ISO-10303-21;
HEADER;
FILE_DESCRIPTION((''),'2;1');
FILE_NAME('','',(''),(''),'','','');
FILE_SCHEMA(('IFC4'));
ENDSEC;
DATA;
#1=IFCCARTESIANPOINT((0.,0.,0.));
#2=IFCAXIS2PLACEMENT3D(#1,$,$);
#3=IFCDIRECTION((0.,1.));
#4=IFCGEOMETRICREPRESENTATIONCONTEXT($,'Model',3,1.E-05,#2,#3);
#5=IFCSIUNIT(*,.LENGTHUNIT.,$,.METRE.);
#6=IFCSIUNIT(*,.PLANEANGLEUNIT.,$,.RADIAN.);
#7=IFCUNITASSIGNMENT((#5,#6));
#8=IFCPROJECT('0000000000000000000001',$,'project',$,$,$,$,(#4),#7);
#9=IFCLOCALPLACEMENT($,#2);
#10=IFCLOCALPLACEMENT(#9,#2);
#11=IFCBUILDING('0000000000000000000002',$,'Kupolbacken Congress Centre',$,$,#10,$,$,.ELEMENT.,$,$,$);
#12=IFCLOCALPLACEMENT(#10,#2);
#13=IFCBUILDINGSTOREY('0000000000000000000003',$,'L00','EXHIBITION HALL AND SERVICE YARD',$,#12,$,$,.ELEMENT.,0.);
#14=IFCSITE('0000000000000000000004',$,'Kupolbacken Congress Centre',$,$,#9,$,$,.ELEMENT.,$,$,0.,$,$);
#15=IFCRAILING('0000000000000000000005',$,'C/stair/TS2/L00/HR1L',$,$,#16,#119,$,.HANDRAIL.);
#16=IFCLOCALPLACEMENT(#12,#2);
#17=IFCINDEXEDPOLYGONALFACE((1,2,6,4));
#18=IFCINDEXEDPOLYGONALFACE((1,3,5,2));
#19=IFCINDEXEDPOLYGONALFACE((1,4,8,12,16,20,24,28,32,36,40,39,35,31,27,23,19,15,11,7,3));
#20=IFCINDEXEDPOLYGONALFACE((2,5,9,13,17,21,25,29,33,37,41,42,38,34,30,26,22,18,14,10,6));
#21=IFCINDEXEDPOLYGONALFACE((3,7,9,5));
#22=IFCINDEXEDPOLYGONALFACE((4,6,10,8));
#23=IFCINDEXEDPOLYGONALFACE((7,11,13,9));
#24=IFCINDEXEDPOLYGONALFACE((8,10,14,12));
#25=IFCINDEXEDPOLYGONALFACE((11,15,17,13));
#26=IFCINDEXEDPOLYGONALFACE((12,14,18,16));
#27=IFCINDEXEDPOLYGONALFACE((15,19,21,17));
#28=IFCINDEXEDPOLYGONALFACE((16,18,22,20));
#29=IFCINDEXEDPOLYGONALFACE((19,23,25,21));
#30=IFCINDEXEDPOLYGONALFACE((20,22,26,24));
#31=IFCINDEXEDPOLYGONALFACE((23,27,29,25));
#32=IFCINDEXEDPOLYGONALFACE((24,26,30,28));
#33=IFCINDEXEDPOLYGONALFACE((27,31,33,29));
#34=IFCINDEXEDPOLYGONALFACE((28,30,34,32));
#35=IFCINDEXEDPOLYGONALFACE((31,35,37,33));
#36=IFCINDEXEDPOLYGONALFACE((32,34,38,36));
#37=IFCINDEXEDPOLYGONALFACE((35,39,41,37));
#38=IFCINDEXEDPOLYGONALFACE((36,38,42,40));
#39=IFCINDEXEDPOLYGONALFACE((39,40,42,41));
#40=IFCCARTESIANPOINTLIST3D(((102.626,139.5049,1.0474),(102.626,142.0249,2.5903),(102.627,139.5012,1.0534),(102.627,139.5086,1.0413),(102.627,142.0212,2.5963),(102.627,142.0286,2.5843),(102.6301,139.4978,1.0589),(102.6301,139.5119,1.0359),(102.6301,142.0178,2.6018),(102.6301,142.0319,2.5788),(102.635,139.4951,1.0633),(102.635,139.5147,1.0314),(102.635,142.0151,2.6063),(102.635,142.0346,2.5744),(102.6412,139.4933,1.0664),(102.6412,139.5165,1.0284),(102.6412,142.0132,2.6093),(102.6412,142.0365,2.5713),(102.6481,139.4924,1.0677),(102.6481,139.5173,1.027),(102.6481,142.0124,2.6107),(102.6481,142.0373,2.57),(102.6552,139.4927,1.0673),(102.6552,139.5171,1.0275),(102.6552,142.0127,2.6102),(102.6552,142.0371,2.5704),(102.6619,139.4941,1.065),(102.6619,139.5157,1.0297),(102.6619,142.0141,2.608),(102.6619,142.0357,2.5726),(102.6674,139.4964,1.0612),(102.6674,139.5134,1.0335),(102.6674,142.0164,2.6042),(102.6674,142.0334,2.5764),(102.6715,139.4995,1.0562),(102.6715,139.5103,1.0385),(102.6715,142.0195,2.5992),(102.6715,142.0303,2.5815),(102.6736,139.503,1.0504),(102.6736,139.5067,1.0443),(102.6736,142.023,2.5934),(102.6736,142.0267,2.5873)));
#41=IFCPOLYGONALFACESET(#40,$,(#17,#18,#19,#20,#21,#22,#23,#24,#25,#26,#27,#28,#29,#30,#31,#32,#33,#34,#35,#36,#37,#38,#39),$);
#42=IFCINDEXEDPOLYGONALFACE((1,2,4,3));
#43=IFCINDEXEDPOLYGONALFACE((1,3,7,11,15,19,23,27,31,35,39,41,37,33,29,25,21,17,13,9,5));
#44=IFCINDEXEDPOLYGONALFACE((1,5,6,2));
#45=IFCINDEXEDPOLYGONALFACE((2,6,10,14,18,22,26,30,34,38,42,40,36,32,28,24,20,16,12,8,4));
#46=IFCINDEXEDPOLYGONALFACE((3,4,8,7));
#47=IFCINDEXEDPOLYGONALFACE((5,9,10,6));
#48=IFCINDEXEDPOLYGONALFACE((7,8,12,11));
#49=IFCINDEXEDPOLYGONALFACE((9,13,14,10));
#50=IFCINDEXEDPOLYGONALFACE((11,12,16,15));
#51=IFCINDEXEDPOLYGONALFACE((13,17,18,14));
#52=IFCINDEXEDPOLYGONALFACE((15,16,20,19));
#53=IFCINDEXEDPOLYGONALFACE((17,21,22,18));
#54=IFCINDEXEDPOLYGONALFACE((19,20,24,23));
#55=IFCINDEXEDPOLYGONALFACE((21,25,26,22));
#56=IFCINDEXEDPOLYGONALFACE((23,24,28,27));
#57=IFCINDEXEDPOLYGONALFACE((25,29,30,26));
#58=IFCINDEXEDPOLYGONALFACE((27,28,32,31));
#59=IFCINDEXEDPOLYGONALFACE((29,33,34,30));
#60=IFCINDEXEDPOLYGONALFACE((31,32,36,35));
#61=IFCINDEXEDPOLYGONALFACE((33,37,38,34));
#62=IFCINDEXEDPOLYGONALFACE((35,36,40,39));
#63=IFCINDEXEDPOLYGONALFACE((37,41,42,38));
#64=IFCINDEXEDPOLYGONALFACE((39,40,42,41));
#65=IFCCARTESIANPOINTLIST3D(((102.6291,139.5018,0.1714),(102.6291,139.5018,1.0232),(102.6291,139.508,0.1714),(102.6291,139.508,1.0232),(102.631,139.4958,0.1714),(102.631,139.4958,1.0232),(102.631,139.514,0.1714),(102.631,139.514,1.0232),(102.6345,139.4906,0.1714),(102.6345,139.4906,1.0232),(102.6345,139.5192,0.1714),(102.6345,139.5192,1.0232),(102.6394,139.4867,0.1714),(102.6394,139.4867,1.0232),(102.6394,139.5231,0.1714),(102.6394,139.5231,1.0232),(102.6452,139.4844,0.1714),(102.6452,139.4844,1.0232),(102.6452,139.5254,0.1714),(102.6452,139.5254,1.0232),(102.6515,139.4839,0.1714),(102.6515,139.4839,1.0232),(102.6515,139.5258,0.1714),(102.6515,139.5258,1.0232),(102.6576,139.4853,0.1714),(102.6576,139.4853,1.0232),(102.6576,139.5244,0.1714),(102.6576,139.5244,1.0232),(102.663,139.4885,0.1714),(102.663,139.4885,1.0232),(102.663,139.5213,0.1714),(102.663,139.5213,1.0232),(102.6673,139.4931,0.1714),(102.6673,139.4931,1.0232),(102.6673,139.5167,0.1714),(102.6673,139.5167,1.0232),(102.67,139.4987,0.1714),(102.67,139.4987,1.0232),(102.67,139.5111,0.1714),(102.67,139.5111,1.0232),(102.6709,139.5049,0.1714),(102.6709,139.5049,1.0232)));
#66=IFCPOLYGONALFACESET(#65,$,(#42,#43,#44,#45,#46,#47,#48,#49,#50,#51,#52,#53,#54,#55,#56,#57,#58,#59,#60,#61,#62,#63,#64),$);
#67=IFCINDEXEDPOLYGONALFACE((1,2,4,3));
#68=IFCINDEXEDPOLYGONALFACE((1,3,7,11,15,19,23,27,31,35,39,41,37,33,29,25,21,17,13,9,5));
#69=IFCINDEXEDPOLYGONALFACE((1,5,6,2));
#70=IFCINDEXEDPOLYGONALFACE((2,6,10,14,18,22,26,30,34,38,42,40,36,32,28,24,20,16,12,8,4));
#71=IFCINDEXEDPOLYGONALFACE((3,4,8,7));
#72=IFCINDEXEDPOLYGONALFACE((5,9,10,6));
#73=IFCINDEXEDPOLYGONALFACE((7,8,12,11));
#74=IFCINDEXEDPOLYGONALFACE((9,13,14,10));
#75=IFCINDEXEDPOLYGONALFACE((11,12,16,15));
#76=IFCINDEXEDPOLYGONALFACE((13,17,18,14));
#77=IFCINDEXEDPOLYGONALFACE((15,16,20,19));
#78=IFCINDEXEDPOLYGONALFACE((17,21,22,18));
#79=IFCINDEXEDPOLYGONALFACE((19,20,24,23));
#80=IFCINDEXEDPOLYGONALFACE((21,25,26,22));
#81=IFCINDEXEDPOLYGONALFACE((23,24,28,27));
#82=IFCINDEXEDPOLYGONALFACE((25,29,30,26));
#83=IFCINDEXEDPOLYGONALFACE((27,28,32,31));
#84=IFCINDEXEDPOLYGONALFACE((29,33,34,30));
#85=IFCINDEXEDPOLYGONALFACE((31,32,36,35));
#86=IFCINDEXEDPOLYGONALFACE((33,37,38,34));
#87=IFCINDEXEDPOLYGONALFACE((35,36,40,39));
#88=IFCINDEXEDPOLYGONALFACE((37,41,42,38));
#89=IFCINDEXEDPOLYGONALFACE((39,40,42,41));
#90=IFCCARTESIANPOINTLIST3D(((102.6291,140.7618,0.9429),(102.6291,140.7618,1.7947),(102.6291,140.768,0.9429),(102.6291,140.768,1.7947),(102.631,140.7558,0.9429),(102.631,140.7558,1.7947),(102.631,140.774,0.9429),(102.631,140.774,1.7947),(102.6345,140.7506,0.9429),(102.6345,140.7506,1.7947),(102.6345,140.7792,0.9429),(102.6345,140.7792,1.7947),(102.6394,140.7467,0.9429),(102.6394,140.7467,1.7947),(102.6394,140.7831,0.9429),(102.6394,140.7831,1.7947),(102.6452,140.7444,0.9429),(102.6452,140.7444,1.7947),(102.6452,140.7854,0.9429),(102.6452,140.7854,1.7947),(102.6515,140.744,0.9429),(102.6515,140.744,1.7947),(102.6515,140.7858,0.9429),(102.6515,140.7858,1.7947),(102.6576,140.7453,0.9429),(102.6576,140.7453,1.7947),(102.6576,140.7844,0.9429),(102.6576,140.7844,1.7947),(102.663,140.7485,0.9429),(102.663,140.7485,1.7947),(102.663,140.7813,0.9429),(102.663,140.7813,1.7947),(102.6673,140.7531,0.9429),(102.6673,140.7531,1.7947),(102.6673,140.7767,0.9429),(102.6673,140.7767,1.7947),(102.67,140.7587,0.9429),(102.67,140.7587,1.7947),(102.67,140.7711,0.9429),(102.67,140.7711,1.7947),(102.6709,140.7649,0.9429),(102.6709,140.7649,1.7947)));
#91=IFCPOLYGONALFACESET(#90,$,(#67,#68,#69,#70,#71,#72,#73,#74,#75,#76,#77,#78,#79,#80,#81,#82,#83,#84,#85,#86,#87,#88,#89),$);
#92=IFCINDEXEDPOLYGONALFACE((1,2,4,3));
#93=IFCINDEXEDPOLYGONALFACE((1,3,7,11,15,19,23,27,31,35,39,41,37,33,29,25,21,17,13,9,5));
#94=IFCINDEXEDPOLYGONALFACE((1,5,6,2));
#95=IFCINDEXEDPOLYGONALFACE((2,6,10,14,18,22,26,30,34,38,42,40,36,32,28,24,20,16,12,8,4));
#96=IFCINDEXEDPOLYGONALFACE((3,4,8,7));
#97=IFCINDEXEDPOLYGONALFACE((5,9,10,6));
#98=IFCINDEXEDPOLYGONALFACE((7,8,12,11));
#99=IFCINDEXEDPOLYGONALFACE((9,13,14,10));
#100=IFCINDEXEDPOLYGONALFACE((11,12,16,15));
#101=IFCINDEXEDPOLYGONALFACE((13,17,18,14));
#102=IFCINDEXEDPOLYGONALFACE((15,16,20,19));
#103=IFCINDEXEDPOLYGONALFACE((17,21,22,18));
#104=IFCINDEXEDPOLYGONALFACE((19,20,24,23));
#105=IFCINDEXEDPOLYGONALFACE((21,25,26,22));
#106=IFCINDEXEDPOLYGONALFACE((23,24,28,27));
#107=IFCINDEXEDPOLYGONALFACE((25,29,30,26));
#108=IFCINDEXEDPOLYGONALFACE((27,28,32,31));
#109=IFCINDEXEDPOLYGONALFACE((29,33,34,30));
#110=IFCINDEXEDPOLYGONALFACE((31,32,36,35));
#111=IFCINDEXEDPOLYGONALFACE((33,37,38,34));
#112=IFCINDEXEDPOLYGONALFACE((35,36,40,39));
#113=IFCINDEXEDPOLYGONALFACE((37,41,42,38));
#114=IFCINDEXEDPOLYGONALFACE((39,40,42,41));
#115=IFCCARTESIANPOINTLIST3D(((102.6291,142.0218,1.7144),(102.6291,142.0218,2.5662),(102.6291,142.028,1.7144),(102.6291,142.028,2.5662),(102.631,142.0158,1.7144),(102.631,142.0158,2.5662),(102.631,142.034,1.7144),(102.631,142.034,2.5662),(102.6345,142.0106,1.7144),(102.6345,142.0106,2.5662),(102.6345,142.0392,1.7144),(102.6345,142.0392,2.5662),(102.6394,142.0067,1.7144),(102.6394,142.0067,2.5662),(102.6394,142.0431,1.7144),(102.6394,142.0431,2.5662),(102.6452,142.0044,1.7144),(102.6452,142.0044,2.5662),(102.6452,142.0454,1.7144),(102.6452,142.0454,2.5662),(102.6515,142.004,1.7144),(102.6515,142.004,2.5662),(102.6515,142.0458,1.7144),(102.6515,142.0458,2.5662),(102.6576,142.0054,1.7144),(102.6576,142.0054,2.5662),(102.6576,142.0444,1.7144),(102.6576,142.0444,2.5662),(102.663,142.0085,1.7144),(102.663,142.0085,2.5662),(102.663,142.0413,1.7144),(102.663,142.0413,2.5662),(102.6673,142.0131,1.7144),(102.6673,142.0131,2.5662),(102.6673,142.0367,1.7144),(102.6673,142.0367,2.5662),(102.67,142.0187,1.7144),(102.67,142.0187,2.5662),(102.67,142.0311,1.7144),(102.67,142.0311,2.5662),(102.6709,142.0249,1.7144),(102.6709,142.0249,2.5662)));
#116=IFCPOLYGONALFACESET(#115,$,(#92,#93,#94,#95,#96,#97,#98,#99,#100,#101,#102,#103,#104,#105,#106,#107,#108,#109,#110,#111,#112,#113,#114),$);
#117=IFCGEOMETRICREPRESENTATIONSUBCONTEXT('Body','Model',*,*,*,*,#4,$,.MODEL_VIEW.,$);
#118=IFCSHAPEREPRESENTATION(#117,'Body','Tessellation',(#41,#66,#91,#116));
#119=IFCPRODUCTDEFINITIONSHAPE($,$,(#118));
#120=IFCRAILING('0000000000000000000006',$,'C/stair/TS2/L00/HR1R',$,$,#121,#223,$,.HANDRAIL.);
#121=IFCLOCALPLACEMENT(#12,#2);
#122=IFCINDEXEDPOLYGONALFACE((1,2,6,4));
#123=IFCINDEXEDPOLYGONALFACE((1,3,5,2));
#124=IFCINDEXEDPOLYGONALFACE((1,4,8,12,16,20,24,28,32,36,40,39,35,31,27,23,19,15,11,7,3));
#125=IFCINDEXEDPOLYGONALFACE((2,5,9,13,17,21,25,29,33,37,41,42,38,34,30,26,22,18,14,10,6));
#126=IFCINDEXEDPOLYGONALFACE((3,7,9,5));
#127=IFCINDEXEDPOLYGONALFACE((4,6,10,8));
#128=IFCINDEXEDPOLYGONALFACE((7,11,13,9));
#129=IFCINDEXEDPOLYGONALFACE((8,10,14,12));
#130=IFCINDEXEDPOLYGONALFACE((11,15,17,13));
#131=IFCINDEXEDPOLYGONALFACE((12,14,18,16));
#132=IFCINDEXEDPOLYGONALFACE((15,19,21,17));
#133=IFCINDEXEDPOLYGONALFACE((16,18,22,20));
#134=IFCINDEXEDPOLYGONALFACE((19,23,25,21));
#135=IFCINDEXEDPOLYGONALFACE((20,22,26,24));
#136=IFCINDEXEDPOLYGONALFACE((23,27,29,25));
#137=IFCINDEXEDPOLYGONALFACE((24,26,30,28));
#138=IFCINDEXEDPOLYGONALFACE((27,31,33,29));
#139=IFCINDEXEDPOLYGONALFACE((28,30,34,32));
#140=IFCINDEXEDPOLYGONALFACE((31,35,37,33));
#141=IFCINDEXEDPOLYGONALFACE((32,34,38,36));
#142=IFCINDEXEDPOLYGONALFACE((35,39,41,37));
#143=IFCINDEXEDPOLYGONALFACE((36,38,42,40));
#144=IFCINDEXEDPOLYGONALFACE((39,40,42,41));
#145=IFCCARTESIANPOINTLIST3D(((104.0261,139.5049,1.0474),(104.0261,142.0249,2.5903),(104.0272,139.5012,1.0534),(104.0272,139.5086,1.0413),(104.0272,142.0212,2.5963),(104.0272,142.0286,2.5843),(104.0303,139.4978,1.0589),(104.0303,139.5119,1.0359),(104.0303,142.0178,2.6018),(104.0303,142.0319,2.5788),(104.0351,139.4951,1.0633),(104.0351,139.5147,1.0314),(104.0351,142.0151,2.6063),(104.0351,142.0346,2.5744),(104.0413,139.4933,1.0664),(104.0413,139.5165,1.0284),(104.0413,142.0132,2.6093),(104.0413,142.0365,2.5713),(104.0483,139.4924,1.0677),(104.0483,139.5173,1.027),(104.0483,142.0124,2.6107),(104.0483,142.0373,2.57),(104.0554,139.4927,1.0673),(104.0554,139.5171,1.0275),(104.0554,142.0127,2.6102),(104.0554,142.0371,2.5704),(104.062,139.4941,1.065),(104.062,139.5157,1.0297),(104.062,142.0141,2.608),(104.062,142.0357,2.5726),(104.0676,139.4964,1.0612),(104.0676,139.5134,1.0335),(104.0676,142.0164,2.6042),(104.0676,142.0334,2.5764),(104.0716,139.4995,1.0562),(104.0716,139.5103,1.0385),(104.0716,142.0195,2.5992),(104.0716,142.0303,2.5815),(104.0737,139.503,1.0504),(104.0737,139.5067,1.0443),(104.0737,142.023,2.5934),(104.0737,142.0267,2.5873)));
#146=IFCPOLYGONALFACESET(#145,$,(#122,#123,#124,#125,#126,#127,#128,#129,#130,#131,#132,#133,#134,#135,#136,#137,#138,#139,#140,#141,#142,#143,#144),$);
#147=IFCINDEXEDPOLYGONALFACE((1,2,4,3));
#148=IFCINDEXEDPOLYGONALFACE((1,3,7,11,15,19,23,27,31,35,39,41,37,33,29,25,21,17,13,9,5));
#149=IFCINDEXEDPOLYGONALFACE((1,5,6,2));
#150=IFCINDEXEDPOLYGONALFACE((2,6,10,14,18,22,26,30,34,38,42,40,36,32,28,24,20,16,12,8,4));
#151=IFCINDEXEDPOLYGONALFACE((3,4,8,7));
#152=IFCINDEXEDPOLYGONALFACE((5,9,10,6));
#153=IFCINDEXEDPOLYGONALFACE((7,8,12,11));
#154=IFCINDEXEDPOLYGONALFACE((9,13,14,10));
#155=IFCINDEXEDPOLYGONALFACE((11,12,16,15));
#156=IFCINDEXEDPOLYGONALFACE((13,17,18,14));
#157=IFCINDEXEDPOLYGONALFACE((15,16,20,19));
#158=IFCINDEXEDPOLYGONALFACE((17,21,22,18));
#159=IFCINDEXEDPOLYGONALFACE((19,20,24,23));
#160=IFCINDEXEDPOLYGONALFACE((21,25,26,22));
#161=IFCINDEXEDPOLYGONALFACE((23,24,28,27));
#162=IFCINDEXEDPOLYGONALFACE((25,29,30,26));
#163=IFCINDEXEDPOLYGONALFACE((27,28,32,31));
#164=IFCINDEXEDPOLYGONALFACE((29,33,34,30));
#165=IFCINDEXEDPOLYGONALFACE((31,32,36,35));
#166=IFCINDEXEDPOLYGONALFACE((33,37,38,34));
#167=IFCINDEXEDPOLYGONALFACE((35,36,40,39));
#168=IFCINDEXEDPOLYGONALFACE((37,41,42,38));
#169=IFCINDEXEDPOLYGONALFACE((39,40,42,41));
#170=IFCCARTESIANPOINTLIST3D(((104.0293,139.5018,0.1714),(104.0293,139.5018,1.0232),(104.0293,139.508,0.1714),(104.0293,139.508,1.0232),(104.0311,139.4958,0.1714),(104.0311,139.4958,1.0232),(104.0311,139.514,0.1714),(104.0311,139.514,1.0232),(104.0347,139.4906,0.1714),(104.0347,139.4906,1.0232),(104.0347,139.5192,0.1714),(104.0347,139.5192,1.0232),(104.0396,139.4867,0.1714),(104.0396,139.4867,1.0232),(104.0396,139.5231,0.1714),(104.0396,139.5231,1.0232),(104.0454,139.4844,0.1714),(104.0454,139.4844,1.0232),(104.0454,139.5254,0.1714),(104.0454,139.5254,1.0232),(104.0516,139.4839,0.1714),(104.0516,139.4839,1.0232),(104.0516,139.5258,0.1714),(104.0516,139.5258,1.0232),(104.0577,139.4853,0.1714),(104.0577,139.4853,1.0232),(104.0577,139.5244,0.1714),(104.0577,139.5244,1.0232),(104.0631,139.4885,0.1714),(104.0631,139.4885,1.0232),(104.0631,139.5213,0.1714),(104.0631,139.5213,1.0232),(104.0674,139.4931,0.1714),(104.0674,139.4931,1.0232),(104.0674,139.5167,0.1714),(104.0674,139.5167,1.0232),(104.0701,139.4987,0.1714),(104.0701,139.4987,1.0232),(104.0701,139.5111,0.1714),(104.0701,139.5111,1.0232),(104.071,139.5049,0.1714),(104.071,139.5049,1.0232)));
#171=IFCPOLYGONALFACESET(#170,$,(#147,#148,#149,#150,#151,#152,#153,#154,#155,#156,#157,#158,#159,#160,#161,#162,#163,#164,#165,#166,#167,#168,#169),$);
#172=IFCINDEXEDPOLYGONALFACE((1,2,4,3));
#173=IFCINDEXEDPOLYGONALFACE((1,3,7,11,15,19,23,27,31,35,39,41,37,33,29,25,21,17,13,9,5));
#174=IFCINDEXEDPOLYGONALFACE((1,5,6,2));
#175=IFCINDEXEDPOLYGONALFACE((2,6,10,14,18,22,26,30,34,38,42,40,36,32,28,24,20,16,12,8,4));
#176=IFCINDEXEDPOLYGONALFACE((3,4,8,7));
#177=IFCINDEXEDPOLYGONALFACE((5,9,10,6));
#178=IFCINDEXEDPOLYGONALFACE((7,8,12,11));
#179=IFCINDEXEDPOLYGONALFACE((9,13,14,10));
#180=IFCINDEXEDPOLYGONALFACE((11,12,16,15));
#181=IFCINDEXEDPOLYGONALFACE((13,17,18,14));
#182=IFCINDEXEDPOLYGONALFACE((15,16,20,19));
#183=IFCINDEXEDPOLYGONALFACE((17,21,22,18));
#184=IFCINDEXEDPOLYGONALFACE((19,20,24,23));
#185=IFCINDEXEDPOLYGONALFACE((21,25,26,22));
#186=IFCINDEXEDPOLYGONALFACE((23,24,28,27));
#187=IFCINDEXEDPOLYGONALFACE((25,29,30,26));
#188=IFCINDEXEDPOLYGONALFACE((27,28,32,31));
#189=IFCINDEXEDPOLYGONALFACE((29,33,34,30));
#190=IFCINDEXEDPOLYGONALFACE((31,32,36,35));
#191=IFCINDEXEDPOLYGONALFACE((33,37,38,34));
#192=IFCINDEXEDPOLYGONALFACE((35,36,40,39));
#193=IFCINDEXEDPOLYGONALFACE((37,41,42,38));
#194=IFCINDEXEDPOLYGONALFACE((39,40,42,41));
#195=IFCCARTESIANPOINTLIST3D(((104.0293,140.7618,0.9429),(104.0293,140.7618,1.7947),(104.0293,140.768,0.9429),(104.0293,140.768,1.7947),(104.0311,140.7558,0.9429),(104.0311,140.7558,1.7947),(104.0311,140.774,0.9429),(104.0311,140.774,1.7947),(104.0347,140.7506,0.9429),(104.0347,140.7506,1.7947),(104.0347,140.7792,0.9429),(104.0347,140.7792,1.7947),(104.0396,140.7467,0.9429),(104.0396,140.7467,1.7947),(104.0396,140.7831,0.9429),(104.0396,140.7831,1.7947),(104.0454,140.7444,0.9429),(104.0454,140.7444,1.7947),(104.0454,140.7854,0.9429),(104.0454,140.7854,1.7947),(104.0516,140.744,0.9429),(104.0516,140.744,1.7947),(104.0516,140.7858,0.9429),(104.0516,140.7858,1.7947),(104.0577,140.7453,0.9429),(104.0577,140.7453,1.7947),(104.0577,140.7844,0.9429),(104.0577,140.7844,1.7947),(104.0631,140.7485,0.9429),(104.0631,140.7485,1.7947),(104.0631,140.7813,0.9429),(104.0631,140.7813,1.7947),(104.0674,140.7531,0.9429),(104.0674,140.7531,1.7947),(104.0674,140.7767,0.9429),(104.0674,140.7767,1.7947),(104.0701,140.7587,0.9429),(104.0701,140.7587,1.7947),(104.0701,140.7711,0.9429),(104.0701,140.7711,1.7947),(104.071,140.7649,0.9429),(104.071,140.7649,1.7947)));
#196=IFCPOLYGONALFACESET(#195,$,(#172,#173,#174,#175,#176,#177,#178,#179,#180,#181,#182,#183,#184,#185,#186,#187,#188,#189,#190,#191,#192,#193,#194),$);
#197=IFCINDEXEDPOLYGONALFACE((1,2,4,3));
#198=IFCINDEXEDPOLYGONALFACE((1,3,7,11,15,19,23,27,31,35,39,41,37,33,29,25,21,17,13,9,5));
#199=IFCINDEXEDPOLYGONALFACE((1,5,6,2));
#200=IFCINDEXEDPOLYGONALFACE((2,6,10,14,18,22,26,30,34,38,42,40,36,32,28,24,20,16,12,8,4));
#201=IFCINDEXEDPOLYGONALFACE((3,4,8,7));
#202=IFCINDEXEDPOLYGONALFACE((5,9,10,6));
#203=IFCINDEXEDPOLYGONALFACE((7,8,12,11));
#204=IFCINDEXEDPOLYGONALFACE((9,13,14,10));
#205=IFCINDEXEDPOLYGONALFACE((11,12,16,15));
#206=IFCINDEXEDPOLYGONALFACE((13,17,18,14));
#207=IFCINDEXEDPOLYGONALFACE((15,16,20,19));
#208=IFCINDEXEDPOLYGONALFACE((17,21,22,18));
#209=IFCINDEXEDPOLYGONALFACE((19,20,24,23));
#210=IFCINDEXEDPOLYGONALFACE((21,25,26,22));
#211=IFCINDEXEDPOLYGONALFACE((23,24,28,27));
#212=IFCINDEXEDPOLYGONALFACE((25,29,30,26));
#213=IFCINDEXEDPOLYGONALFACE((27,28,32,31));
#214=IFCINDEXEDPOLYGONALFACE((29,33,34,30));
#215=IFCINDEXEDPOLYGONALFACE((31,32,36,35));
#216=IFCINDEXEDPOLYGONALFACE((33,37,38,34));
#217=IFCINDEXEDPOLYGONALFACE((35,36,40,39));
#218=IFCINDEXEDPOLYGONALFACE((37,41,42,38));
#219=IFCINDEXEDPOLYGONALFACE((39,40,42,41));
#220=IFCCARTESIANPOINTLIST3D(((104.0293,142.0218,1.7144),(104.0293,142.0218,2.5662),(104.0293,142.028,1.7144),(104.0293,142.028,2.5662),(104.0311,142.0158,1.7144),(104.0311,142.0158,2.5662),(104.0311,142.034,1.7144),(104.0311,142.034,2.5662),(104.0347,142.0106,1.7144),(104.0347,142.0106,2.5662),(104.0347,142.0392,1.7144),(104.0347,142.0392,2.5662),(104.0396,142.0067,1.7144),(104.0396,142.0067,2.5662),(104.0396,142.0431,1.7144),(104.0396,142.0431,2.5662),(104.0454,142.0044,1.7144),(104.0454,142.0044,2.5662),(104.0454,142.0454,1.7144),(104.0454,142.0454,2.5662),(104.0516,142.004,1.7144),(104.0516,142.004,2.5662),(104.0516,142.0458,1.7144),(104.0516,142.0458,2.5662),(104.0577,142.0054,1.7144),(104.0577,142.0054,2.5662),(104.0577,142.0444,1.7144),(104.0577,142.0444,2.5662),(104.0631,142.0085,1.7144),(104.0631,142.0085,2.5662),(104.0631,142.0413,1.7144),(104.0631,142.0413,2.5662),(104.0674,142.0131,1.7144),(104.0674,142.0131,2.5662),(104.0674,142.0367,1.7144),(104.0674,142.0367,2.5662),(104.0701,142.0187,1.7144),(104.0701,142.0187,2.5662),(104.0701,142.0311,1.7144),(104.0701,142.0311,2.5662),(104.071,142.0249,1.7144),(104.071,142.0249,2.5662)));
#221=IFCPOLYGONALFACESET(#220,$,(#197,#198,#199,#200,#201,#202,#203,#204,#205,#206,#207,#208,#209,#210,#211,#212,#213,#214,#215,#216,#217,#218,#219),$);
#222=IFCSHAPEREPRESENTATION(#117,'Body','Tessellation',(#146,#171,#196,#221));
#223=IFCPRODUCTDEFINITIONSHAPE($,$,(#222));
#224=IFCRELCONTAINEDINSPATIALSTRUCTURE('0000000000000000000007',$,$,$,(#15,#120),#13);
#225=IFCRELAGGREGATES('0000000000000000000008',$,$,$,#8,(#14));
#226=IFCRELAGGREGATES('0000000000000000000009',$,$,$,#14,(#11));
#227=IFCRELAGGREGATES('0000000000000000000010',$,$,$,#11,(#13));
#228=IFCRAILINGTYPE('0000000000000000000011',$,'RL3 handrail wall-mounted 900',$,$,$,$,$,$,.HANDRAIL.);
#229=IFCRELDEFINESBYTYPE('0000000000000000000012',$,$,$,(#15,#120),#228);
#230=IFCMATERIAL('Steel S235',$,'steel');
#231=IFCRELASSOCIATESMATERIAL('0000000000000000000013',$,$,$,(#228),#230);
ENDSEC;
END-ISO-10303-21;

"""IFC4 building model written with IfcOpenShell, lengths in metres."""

from ifc_helpers import new_model, si_unit, direction, frame, origin, origin_2d, place, context, subcontext, project, spatial, circle, extrude, material, type_object, element, save


model = new_model("IFC4")

# Units and contexts
model_context = context("Model", 3, precision=1e-05, world=origin(), true_north=direction((0.0, 1.0)))
body_context = subcontext(model_context, "Body", "Model", "MODEL_VIEW")
ifc_project = project(units=[si_unit("LENGTHUNIT", "METRE"), si_unit("PLANEANGLEUNIT", "RADIAN")], contexts=[model_context])

# Site, building, storey
site_placement = place(None, origin())
site = spatial("IfcSite", under=ifc_project, at=site_placement, Name="Kupolbacken Congress Centre", CompositionType="ELEMENT", RefElevation=0.0)
building_placement = place(site_placement, origin())
building = spatial("IfcBuilding", under=site, at=building_placement, Name="Kupolbacken Congress Centre", CompositionType="ELEMENT")
storey_placement = place(building_placement, origin())
storey = spatial("IfcBuildingStorey", under=building, at=storey_placement, Name="L00", Description="EXHIBITION HALL AND SERVICE YARD", CompositionType="ELEMENT", Elevation=0.0)

# Railings
ifc_material_1 = material(Name="Steel S235", Category="steel")
railing_type = type_object("IfcRailingType", Name="RL3 handrail wall-mounted 900", PredefinedType="HANDRAIL", material=ifc_material_1)
for number, where, name in (
    (1, (102.6499, 139.5049, 0.1714), "C/stair/TS2/L00/HR1L"),
    (2, (104.05, 139.5049, 0.1714), "C/stair/TS2/L00/HR1R"),
):
    element("IfcRailing", number, at=place(storey_placement, frame(where)), inside=storey, type_object=railing_type, Name=name, PredefinedType="HANDRAIL", context=body_context, shape_type="SweptSolid", body=[
        extrude(circle(Radius=0.0239, at=origin_2d()), frame((0.0, 0.0, 0.876), z_axis=(0.0, 0.852836, 0.522178), x_axis=(-1.0, 0.0, 0.0)), (0.0, 0.0, 1.0), 2.9548),
        extrude(circle(Radius=0.021, at=origin_2d()), origin(), (0.0, 0.0, 1.0), 0.8518),
        extrude(circle(Radius=0.021, at=origin_2d()), frame((0.0, 1.26, 0.7715)), (0.0, 0.0, 1.0), 0.8518),
        extrude(circle(Radius=0.021, at=origin_2d()), frame((0.0, 2.52, 1.543)), (0.0, 0.0, 1.0), 0.8518),
    ])

save(model, "model.ifc")
